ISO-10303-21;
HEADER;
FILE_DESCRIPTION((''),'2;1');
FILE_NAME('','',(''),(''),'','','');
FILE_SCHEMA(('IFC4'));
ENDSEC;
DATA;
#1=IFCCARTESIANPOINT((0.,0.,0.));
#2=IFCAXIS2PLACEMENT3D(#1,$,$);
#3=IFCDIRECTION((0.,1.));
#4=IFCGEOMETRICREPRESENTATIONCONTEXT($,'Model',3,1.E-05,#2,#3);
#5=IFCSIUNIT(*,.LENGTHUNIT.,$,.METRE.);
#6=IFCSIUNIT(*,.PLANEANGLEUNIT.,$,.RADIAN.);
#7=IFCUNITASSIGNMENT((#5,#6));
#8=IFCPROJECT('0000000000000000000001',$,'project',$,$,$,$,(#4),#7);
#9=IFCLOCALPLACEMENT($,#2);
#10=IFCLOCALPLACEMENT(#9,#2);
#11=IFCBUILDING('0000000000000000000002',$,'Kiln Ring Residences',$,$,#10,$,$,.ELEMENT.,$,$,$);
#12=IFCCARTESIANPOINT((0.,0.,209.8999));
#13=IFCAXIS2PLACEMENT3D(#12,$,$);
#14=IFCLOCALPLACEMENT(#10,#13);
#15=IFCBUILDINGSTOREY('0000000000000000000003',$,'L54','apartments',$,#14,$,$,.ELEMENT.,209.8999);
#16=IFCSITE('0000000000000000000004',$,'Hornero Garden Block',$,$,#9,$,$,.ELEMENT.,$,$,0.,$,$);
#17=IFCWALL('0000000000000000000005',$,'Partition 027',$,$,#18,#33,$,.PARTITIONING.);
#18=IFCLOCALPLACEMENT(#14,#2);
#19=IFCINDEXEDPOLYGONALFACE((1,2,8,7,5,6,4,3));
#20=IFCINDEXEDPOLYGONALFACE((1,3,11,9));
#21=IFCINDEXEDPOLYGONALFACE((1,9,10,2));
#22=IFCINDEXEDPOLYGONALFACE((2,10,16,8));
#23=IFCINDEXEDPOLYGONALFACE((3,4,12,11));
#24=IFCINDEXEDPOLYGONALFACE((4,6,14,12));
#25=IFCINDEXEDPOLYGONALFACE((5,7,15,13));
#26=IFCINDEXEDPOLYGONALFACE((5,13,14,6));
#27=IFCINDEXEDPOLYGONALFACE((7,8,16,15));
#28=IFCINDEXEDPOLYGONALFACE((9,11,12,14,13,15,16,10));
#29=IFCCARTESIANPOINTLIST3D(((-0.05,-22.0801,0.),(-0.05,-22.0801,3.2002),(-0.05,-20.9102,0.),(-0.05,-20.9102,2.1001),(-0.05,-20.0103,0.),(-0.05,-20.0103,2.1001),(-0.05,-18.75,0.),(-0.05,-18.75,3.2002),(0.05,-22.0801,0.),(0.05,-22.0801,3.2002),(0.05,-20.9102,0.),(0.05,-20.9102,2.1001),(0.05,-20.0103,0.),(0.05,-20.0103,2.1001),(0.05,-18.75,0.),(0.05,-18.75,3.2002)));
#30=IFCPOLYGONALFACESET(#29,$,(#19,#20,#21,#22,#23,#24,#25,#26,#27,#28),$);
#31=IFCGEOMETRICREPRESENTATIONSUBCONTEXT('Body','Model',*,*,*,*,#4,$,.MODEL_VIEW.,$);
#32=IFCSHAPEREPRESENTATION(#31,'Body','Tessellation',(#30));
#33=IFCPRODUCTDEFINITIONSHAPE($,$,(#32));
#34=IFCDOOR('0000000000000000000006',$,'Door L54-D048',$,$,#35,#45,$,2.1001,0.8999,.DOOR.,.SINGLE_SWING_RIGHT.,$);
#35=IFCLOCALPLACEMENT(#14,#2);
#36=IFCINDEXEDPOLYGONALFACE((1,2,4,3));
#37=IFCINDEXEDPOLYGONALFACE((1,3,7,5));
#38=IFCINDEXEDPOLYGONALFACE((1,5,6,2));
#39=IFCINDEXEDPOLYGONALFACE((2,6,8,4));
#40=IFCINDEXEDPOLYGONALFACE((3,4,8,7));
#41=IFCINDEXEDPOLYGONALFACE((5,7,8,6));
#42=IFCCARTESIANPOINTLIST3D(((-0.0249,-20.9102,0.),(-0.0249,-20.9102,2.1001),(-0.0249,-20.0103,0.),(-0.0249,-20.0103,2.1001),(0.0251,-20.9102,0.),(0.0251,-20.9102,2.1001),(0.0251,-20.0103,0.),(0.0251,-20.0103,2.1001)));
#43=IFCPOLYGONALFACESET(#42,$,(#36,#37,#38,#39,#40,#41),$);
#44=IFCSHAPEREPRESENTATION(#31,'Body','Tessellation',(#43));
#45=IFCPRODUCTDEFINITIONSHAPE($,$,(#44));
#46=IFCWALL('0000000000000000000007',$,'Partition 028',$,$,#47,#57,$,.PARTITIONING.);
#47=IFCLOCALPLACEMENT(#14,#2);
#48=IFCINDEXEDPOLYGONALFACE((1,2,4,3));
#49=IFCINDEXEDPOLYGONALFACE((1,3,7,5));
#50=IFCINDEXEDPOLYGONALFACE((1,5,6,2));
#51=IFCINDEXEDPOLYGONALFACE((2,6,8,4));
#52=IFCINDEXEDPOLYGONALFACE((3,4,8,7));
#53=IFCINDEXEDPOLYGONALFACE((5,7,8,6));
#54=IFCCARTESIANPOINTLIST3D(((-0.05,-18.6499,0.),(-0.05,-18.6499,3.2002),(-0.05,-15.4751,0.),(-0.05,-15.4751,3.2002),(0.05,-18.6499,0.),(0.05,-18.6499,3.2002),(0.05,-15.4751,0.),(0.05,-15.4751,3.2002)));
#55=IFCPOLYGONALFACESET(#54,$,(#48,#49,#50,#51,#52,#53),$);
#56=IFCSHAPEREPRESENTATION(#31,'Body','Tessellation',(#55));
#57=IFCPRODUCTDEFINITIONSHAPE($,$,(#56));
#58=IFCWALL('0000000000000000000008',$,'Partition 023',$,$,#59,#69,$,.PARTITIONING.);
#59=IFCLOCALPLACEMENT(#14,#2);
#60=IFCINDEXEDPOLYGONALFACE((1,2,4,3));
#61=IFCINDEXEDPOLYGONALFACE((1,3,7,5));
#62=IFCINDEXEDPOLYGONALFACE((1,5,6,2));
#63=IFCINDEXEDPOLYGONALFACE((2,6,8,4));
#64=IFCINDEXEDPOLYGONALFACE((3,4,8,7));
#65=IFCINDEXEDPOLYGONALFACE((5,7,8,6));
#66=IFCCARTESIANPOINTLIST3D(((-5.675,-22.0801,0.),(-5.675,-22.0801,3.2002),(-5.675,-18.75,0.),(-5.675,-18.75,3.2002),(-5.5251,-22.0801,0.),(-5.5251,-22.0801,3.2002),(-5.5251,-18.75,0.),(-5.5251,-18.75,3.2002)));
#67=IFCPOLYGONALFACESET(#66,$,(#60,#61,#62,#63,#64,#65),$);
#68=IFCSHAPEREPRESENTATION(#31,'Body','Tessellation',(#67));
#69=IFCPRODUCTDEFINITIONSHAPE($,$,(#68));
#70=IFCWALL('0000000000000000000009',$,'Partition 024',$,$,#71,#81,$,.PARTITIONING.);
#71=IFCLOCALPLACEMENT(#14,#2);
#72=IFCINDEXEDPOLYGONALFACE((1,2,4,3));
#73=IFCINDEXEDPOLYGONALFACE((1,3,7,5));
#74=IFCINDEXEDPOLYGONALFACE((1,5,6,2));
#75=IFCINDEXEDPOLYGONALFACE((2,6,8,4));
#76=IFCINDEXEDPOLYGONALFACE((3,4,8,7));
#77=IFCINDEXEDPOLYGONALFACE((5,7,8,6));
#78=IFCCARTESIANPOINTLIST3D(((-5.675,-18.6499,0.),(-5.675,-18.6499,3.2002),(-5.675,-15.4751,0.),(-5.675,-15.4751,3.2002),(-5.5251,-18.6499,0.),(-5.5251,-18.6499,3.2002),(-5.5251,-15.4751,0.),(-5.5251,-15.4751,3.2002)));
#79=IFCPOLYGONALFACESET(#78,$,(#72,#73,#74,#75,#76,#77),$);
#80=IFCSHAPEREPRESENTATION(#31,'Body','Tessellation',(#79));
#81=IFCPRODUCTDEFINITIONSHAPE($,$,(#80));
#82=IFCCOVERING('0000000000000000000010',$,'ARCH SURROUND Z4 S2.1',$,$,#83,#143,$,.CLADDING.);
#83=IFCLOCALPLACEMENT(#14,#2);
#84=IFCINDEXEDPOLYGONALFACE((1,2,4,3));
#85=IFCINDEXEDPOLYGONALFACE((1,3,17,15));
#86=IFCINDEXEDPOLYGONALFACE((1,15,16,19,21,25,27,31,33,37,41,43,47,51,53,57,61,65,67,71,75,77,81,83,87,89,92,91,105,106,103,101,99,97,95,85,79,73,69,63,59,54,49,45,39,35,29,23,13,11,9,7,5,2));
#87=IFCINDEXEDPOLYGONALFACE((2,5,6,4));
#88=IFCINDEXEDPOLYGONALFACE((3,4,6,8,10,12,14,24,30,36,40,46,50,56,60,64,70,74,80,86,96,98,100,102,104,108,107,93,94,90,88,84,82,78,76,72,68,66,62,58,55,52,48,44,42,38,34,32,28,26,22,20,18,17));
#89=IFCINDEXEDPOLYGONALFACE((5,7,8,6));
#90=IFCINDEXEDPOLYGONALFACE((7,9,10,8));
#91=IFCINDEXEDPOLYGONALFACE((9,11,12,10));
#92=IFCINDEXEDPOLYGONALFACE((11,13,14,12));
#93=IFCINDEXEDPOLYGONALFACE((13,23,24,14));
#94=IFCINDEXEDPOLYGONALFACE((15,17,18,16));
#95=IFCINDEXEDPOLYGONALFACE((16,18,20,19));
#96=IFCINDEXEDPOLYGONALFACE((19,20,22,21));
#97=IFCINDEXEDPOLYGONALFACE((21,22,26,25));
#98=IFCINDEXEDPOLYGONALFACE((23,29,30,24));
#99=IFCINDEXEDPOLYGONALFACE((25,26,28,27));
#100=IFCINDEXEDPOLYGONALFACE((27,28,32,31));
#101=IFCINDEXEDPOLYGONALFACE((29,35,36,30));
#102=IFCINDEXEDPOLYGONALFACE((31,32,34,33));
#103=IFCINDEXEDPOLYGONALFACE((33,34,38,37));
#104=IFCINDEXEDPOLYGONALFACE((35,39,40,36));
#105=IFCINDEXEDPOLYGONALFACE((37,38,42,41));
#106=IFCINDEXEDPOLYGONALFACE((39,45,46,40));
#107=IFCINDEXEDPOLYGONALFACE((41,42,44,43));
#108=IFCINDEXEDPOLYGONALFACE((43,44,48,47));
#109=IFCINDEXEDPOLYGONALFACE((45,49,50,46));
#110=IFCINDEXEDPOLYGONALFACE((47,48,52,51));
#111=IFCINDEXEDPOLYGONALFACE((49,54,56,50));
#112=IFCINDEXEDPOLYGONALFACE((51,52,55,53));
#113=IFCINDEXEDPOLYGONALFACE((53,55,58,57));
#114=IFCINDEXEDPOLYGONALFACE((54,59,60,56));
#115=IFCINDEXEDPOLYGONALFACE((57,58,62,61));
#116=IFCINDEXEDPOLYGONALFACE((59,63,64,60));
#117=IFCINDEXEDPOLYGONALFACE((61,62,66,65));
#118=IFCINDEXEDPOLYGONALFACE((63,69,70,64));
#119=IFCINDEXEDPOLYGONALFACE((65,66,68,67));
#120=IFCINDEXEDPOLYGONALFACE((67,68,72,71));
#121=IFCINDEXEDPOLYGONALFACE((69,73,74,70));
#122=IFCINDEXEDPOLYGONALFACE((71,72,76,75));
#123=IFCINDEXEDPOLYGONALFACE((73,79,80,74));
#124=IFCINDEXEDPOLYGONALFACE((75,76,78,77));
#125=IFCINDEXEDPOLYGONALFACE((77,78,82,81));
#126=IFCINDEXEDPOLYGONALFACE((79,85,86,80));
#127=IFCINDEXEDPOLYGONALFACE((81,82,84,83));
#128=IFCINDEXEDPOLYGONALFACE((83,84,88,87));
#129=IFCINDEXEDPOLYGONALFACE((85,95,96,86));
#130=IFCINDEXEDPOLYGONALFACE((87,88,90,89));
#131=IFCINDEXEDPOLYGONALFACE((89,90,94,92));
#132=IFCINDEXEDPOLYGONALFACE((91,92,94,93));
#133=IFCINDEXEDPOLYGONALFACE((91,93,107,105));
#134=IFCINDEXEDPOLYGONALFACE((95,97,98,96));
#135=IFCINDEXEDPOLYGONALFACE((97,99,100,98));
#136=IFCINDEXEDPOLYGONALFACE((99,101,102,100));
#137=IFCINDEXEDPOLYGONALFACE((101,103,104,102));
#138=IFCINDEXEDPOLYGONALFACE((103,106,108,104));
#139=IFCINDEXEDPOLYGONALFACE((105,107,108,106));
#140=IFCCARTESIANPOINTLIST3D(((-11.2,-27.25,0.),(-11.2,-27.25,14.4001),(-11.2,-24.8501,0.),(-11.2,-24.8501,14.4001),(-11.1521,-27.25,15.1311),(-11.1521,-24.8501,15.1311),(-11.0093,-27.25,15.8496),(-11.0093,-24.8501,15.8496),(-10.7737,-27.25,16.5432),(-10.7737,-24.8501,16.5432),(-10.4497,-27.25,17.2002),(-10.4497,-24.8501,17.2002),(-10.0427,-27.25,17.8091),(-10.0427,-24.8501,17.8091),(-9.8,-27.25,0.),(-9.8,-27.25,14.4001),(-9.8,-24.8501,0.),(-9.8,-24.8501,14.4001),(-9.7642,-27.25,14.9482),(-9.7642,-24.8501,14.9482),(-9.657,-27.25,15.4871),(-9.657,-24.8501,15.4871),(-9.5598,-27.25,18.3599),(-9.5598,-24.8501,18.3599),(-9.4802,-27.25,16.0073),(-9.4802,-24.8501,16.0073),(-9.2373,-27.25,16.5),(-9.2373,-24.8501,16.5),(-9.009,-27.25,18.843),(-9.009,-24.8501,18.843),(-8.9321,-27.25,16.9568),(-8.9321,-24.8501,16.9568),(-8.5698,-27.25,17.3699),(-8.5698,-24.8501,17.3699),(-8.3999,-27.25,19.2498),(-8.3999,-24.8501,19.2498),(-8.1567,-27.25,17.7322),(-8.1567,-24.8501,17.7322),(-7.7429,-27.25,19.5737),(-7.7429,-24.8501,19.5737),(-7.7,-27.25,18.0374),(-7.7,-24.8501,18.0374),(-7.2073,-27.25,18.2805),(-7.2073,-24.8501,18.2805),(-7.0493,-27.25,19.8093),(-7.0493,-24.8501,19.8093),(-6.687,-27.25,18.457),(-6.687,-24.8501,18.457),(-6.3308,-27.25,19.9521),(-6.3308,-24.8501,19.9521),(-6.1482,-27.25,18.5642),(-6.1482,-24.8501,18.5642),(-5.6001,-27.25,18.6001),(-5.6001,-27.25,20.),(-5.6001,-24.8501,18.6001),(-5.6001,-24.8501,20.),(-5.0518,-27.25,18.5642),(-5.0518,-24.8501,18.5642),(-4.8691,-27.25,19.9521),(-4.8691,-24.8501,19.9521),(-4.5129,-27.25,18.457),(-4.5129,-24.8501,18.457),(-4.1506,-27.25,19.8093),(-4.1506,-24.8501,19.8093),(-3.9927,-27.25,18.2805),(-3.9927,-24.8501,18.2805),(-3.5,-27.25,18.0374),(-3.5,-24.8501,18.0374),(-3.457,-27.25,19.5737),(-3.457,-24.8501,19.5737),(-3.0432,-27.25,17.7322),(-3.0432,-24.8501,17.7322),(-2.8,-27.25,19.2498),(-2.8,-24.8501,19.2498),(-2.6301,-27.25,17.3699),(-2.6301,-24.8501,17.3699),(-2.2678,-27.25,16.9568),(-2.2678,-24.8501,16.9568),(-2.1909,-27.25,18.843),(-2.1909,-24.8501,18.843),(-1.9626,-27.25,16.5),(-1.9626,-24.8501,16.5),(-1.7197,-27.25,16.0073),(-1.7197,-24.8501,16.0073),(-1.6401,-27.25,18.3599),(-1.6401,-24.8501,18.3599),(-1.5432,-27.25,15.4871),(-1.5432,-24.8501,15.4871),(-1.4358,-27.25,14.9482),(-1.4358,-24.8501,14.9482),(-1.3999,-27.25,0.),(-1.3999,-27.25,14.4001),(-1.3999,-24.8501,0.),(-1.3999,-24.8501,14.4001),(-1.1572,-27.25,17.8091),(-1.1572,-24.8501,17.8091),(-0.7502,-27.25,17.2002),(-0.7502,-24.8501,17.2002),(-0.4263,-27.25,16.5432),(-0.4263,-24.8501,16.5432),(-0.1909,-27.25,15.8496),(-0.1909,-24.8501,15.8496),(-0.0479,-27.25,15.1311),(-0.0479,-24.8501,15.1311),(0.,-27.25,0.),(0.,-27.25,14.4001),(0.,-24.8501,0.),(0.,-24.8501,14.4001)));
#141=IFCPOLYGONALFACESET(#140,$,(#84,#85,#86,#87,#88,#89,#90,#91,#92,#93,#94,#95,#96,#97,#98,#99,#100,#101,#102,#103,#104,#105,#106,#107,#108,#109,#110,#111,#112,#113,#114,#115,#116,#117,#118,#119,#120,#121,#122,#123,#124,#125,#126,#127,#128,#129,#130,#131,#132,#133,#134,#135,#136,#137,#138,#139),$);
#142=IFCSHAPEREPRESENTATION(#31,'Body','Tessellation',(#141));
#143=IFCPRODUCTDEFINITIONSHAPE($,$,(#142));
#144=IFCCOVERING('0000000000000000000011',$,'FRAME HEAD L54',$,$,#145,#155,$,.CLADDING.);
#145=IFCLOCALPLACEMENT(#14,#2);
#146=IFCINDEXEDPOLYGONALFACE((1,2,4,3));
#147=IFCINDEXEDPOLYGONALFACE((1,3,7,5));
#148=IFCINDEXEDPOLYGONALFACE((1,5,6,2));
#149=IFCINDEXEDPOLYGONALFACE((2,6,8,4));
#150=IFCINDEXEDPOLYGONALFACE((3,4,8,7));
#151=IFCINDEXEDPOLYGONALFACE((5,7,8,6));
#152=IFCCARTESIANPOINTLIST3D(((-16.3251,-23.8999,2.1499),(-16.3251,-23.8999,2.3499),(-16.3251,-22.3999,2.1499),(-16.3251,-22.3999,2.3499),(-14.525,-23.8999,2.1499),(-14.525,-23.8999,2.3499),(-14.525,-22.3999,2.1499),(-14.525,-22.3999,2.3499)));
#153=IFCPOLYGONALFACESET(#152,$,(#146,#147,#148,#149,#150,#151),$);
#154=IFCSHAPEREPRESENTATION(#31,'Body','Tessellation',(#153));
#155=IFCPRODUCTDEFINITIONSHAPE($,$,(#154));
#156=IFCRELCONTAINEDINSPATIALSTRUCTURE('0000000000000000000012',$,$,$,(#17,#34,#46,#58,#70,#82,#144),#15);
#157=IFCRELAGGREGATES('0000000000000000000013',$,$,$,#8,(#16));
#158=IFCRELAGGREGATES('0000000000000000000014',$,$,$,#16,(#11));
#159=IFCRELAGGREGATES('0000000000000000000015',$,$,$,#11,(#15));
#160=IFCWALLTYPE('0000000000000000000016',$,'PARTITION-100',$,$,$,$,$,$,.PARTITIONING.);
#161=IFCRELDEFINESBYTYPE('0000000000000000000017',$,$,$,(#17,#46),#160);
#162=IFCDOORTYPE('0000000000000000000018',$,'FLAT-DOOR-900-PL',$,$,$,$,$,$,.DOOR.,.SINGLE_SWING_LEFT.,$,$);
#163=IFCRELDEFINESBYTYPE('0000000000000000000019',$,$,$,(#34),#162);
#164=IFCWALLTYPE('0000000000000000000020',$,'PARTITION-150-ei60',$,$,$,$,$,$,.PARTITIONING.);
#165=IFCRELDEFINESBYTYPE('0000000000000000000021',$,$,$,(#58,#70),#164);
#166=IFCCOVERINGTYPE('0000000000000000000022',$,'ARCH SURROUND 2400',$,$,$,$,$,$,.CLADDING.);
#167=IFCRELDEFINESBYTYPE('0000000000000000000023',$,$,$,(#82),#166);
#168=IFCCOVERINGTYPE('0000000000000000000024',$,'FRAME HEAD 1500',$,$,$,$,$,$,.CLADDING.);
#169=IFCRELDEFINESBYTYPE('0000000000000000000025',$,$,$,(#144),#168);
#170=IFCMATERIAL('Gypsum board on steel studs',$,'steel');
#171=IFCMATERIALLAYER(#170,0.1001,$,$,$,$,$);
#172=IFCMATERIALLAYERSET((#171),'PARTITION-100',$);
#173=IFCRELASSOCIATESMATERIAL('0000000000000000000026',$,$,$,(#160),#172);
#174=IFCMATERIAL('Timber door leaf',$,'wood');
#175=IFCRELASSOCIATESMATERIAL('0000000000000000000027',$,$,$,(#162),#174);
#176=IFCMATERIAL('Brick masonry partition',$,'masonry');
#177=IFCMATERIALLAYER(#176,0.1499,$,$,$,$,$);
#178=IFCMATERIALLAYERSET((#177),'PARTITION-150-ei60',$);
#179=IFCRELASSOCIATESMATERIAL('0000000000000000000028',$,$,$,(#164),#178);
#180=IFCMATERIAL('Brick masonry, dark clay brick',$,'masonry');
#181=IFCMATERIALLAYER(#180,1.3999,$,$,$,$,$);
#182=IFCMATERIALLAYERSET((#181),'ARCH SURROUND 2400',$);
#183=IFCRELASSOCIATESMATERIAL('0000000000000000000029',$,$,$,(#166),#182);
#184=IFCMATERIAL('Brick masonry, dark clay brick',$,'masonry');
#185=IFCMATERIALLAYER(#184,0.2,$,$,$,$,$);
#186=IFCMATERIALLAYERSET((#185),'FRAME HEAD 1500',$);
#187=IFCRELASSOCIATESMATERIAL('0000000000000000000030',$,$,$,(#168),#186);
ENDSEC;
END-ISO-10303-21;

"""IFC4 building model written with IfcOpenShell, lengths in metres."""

from ifc_helpers import new_model, si_unit, direction, frame, frame_2d, origin, origin_2d, place, context, subcontext, project, spatial, polyline, rectangle, outline, extrude, material, layer, layer_set, type_object, element, fill, save


model = new_model("IFC4")

# Units and contexts
model_context = context("Model", 3, precision=1e-05, world=origin(), true_north=direction((0.0, 1.0)))
body_context = subcontext(model_context, "Body", "Model", "MODEL_VIEW")
ifc_project = project(units=[si_unit("LENGTHUNIT", "METRE"), si_unit("PLANEANGLEUNIT", "RADIAN")], contexts=[model_context])

# Site, building, storey
site_placement = place(None, origin())
site = spatial("IfcSite", under=ifc_project, at=site_placement, Name="Hornero Garden Block", CompositionType="ELEMENT", RefElevation=0.0)
building_placement = place(site_placement, origin())
building = spatial("IfcBuilding", under=site, at=building_placement, Name="Kiln Ring Residences", CompositionType="ELEMENT")
storey_placement = place(building_placement, frame((0.0, 0.0, 209.8999)))
storey = spatial("IfcBuildingStorey", under=building, at=storey_placement, Name="L54", Description="apartments", CompositionType="ELEMENT", Elevation=209.8999)

# Wall, opening, door
ifc_material_1 = material(Name="Gypsum board on steel studs", Category="steel")
ifc_layer_1 = layer(ifc_material_1, 0.1001)
ifc_layer_set_1 = layer_set([ifc_layer_1], Name="PARTITION-100")
wall_type_1 = type_object("IfcWallType", Name="PARTITION-100", PredefinedType="PARTITIONING", material=ifc_layer_set_1)
ifc_material_2 = material(Name="Timber door leaf", Category="wood")
door_type_1 = type_object("IfcDoorType", Name="FLAT-DOOR-900-PL", OperationType="SINGLE_SWING_LEFT", PredefinedType="DOOR", material=ifc_material_2)
wall_1_placement = place(storey_placement, frame((0.0, -22.0801, 0.0), z_axis=(0.0, 0.0, 1.0), x_axis=(0.0, 1.0, 0.0)))
wall_1 = element("IfcWall", 1, at=wall_1_placement, inside=storey, type_object=wall_type_1, Name="Partition 027", PredefinedType="PARTITIONING", context=body_context, shape_type="SweptSolid", body=[
    extrude(rectangle(XDim=3.3301, YDim=0.1001, at=frame_2d((1.665, 0.0))), origin(), (0.0, 0.0, 1.0), 3.2002),
])
opening_1_placement = place(wall_1_placement, frame((1.1699, 0.0, 0.0)))
opening_1 = element("IfcOpeningElement", 2, at=opening_1_placement, cuts=wall_1, PredefinedType="OPENING", context=body_context, shape_type="SweptSolid", body=[
    extrude(rectangle(XDim=0.8999, YDim=2.1001, at=frame_2d((0.45, 1.05))), frame((0.0, 0.0601, 0.0), z_axis=(0.0, -1.0, 0.0), x_axis=(1.0, 0.0, 0.0)), (0.0, 0.0, 1.0), 0.1201),
])
door_1_placement = place(opening_1_placement, origin())
door_1 = element("IfcDoor", 3, at=door_1_placement, inside=storey, type_object=door_type_1, Name="Door L54-D048", OperationType="SINGLE_SWING_RIGHT", OverallHeight=2.1001, OverallWidth=0.8999, PredefinedType="DOOR", context=body_context, shape_type="SweptSolid", body=[
    extrude(rectangle(XDim=0.8999, YDim=2.1001, at=frame_2d((0.45, 1.05))), frame((0.0, 0.0249, 0.0), z_axis=(0.0, -1.0, 0.0), x_axis=(1.0, 0.0, 0.0)), (0.0, 0.0, 1.0), 0.05),
])
fill(opening_1, door_1)

# Walls
wall_2_placement = place(storey_placement, frame((0.0, -18.6499, 0.0), z_axis=(0.0, 0.0, 1.0), x_axis=(0.0, 1.0, 0.0)))
element("IfcWall", 4, at=wall_2_placement, inside=storey, type_object=wall_type_1, Name="Partition 028", PredefinedType="PARTITIONING", context=body_context, shape_type="SweptSolid", body=[
    extrude(rectangle(XDim=3.1748, YDim=0.1001, at=frame_2d((1.5874, 0.0))), origin(), (0.0, 0.0, 1.0), 3.2002),
])
ifc_material_3 = material(Name="Brick masonry partition", Category="masonry")
ifc_layer_2 = layer(ifc_material_3, 0.1499)
ifc_layer_set_2 = layer_set([ifc_layer_2], Name="PARTITION-150-ei60")
wall_type_2 = type_object("IfcWallType", Name="PARTITION-150-ei60", PredefinedType="PARTITIONING", material=ifc_layer_set_2)
wall_3_placement = place(storey_placement, frame((-5.6001, -22.0801, 0.0), z_axis=(0.0, 0.0, 1.0), x_axis=(0.0, 1.0, 0.0)))
element("IfcWall", 5, at=wall_3_placement, inside=storey, type_object=wall_type_2, Name="Partition 023", PredefinedType="PARTITIONING", context=body_context, shape_type="SweptSolid", body=[
    extrude(rectangle(XDim=3.3301, YDim=0.1499, at=frame_2d((1.665, 0.0))), origin(), (0.0, 0.0, 1.0), 3.2002),
])
wall_4_placement = place(storey_placement, frame((-5.6001, -18.6499, 0.0), z_axis=(0.0, 0.0, 1.0), x_axis=(0.0, 1.0, 0.0)))
element("IfcWall", 6, at=wall_4_placement, inside=storey, type_object=wall_type_2, Name="Partition 024", PredefinedType="PARTITIONING", context=body_context, shape_type="SweptSolid", body=[
    extrude(rectangle(XDim=3.1748, YDim=0.1499, at=frame_2d((1.5874, 0.0))), origin(), (0.0, 0.0, 1.0), 3.2002),
])

# Coverings
ifc_material_4 = material(Name="Brick masonry, dark clay brick", Category="masonry")
ifc_layer_3 = layer(ifc_material_4, 1.3999)
ifc_layer_set_3 = layer_set([ifc_layer_3], Name="ARCH SURROUND 2400")
covering_type_1 = type_object("IfcCoveringType", Name="ARCH SURROUND 2400", PredefinedType="CLADDING", material=ifc_layer_set_3)
covering_1_placement = place(storey_placement, frame((0.0, -26.05, 0.0), z_axis=(0.0, 0.0, 1.0), x_axis=(-1.0, 0.0, 0.0)))
element("IfcCovering", 7, at=covering_1_placement, inside=storey, type_object=covering_type_1, Name="ARCH SURROUND Z4 S2.1", PredefinedType="CLADDING", context=body_context, shape_type="SweptSolid", body=[
    extrude(outline(polyline([(11.2, 0.0), (11.2, 14.4001), (11.1521, 15.1311), (11.0093, 15.8496), (10.7737, 16.5432), (10.4497, 17.2002), (10.0427, 17.8091), (9.5598, 18.3599), (9.009, 18.843), (8.3999, 19.2498), (7.7429, 19.5737), (7.0493, 19.8093), (6.3308, 19.9521), (5.6001, 20.0), (4.8691, 19.9521), (4.1506, 19.8093), (3.457, 19.5737), (2.8, 19.2498), (2.1909, 18.843), (1.6401, 18.3599), (1.1572, 17.8091), (0.7502, 17.2002), (0.4263, 16.5432), (0.1909, 15.8496), (0.0479, 15.1311), (0.0, 14.4001), (0.0, 0.0), (1.3999, 0.0), (1.3999, 14.4001), (1.4358, 14.9482), (1.5432, 15.4871), (1.7197, 16.0073), (1.9626, 16.5), (2.2678, 16.9568), (2.6301, 17.3699), (3.0432, 17.7322), (3.5, 18.0374), (3.9927, 18.2805), (4.5129, 18.457), (5.0518, 18.5642), (5.6001, 18.6001), (6.1482, 18.5642), (6.687, 18.457), (7.2073, 18.2805), (7.7, 18.0374), (8.1567, 17.7322), (8.5698, 17.3699), (8.9321, 16.9568), (9.2373, 16.5), (9.4802, 16.0073), (9.657, 15.4871), (9.7642, 14.9482), (9.8, 14.4001), (9.8, 0.0), (11.2, 0.0)])), frame((0.0, 1.2, 0.0), z_axis=(0.0, -1.0, 0.0), x_axis=(1.0, 0.0, 0.0)), (0.0, 0.0, 1.0), 2.3999),
])
ifc_material_5 = material(Name="Brick masonry, dark clay brick", Category="masonry")
ifc_layer_4 = layer(ifc_material_5, 0.2)
ifc_layer_set_4 = layer_set([ifc_layer_4], Name="FRAME HEAD 1500")
covering_type_2 = type_object("IfcCoveringType", Name="FRAME HEAD 1500", PredefinedType="CLADDING", material=ifc_layer_set_4)
covering_2_placement = place(storey_placement, frame((-15.425, -23.1499, 2.1499), z_axis=(0.0, 0.0, 1.0), x_axis=(1.0, 0.0, 0.0)))
element("IfcCovering", 8, at=covering_2_placement, inside=storey, type_object=covering_type_2, Name="FRAME HEAD L54", PredefinedType="CLADDING", context=body_context, shape_type="SweptSolid", body=[
    extrude(rectangle(XDim=1.8, YDim=1.5, at=origin_2d()), origin(), (0.0, 0.0, 1.0), 0.2),
])

save(model, "model.ifc")
